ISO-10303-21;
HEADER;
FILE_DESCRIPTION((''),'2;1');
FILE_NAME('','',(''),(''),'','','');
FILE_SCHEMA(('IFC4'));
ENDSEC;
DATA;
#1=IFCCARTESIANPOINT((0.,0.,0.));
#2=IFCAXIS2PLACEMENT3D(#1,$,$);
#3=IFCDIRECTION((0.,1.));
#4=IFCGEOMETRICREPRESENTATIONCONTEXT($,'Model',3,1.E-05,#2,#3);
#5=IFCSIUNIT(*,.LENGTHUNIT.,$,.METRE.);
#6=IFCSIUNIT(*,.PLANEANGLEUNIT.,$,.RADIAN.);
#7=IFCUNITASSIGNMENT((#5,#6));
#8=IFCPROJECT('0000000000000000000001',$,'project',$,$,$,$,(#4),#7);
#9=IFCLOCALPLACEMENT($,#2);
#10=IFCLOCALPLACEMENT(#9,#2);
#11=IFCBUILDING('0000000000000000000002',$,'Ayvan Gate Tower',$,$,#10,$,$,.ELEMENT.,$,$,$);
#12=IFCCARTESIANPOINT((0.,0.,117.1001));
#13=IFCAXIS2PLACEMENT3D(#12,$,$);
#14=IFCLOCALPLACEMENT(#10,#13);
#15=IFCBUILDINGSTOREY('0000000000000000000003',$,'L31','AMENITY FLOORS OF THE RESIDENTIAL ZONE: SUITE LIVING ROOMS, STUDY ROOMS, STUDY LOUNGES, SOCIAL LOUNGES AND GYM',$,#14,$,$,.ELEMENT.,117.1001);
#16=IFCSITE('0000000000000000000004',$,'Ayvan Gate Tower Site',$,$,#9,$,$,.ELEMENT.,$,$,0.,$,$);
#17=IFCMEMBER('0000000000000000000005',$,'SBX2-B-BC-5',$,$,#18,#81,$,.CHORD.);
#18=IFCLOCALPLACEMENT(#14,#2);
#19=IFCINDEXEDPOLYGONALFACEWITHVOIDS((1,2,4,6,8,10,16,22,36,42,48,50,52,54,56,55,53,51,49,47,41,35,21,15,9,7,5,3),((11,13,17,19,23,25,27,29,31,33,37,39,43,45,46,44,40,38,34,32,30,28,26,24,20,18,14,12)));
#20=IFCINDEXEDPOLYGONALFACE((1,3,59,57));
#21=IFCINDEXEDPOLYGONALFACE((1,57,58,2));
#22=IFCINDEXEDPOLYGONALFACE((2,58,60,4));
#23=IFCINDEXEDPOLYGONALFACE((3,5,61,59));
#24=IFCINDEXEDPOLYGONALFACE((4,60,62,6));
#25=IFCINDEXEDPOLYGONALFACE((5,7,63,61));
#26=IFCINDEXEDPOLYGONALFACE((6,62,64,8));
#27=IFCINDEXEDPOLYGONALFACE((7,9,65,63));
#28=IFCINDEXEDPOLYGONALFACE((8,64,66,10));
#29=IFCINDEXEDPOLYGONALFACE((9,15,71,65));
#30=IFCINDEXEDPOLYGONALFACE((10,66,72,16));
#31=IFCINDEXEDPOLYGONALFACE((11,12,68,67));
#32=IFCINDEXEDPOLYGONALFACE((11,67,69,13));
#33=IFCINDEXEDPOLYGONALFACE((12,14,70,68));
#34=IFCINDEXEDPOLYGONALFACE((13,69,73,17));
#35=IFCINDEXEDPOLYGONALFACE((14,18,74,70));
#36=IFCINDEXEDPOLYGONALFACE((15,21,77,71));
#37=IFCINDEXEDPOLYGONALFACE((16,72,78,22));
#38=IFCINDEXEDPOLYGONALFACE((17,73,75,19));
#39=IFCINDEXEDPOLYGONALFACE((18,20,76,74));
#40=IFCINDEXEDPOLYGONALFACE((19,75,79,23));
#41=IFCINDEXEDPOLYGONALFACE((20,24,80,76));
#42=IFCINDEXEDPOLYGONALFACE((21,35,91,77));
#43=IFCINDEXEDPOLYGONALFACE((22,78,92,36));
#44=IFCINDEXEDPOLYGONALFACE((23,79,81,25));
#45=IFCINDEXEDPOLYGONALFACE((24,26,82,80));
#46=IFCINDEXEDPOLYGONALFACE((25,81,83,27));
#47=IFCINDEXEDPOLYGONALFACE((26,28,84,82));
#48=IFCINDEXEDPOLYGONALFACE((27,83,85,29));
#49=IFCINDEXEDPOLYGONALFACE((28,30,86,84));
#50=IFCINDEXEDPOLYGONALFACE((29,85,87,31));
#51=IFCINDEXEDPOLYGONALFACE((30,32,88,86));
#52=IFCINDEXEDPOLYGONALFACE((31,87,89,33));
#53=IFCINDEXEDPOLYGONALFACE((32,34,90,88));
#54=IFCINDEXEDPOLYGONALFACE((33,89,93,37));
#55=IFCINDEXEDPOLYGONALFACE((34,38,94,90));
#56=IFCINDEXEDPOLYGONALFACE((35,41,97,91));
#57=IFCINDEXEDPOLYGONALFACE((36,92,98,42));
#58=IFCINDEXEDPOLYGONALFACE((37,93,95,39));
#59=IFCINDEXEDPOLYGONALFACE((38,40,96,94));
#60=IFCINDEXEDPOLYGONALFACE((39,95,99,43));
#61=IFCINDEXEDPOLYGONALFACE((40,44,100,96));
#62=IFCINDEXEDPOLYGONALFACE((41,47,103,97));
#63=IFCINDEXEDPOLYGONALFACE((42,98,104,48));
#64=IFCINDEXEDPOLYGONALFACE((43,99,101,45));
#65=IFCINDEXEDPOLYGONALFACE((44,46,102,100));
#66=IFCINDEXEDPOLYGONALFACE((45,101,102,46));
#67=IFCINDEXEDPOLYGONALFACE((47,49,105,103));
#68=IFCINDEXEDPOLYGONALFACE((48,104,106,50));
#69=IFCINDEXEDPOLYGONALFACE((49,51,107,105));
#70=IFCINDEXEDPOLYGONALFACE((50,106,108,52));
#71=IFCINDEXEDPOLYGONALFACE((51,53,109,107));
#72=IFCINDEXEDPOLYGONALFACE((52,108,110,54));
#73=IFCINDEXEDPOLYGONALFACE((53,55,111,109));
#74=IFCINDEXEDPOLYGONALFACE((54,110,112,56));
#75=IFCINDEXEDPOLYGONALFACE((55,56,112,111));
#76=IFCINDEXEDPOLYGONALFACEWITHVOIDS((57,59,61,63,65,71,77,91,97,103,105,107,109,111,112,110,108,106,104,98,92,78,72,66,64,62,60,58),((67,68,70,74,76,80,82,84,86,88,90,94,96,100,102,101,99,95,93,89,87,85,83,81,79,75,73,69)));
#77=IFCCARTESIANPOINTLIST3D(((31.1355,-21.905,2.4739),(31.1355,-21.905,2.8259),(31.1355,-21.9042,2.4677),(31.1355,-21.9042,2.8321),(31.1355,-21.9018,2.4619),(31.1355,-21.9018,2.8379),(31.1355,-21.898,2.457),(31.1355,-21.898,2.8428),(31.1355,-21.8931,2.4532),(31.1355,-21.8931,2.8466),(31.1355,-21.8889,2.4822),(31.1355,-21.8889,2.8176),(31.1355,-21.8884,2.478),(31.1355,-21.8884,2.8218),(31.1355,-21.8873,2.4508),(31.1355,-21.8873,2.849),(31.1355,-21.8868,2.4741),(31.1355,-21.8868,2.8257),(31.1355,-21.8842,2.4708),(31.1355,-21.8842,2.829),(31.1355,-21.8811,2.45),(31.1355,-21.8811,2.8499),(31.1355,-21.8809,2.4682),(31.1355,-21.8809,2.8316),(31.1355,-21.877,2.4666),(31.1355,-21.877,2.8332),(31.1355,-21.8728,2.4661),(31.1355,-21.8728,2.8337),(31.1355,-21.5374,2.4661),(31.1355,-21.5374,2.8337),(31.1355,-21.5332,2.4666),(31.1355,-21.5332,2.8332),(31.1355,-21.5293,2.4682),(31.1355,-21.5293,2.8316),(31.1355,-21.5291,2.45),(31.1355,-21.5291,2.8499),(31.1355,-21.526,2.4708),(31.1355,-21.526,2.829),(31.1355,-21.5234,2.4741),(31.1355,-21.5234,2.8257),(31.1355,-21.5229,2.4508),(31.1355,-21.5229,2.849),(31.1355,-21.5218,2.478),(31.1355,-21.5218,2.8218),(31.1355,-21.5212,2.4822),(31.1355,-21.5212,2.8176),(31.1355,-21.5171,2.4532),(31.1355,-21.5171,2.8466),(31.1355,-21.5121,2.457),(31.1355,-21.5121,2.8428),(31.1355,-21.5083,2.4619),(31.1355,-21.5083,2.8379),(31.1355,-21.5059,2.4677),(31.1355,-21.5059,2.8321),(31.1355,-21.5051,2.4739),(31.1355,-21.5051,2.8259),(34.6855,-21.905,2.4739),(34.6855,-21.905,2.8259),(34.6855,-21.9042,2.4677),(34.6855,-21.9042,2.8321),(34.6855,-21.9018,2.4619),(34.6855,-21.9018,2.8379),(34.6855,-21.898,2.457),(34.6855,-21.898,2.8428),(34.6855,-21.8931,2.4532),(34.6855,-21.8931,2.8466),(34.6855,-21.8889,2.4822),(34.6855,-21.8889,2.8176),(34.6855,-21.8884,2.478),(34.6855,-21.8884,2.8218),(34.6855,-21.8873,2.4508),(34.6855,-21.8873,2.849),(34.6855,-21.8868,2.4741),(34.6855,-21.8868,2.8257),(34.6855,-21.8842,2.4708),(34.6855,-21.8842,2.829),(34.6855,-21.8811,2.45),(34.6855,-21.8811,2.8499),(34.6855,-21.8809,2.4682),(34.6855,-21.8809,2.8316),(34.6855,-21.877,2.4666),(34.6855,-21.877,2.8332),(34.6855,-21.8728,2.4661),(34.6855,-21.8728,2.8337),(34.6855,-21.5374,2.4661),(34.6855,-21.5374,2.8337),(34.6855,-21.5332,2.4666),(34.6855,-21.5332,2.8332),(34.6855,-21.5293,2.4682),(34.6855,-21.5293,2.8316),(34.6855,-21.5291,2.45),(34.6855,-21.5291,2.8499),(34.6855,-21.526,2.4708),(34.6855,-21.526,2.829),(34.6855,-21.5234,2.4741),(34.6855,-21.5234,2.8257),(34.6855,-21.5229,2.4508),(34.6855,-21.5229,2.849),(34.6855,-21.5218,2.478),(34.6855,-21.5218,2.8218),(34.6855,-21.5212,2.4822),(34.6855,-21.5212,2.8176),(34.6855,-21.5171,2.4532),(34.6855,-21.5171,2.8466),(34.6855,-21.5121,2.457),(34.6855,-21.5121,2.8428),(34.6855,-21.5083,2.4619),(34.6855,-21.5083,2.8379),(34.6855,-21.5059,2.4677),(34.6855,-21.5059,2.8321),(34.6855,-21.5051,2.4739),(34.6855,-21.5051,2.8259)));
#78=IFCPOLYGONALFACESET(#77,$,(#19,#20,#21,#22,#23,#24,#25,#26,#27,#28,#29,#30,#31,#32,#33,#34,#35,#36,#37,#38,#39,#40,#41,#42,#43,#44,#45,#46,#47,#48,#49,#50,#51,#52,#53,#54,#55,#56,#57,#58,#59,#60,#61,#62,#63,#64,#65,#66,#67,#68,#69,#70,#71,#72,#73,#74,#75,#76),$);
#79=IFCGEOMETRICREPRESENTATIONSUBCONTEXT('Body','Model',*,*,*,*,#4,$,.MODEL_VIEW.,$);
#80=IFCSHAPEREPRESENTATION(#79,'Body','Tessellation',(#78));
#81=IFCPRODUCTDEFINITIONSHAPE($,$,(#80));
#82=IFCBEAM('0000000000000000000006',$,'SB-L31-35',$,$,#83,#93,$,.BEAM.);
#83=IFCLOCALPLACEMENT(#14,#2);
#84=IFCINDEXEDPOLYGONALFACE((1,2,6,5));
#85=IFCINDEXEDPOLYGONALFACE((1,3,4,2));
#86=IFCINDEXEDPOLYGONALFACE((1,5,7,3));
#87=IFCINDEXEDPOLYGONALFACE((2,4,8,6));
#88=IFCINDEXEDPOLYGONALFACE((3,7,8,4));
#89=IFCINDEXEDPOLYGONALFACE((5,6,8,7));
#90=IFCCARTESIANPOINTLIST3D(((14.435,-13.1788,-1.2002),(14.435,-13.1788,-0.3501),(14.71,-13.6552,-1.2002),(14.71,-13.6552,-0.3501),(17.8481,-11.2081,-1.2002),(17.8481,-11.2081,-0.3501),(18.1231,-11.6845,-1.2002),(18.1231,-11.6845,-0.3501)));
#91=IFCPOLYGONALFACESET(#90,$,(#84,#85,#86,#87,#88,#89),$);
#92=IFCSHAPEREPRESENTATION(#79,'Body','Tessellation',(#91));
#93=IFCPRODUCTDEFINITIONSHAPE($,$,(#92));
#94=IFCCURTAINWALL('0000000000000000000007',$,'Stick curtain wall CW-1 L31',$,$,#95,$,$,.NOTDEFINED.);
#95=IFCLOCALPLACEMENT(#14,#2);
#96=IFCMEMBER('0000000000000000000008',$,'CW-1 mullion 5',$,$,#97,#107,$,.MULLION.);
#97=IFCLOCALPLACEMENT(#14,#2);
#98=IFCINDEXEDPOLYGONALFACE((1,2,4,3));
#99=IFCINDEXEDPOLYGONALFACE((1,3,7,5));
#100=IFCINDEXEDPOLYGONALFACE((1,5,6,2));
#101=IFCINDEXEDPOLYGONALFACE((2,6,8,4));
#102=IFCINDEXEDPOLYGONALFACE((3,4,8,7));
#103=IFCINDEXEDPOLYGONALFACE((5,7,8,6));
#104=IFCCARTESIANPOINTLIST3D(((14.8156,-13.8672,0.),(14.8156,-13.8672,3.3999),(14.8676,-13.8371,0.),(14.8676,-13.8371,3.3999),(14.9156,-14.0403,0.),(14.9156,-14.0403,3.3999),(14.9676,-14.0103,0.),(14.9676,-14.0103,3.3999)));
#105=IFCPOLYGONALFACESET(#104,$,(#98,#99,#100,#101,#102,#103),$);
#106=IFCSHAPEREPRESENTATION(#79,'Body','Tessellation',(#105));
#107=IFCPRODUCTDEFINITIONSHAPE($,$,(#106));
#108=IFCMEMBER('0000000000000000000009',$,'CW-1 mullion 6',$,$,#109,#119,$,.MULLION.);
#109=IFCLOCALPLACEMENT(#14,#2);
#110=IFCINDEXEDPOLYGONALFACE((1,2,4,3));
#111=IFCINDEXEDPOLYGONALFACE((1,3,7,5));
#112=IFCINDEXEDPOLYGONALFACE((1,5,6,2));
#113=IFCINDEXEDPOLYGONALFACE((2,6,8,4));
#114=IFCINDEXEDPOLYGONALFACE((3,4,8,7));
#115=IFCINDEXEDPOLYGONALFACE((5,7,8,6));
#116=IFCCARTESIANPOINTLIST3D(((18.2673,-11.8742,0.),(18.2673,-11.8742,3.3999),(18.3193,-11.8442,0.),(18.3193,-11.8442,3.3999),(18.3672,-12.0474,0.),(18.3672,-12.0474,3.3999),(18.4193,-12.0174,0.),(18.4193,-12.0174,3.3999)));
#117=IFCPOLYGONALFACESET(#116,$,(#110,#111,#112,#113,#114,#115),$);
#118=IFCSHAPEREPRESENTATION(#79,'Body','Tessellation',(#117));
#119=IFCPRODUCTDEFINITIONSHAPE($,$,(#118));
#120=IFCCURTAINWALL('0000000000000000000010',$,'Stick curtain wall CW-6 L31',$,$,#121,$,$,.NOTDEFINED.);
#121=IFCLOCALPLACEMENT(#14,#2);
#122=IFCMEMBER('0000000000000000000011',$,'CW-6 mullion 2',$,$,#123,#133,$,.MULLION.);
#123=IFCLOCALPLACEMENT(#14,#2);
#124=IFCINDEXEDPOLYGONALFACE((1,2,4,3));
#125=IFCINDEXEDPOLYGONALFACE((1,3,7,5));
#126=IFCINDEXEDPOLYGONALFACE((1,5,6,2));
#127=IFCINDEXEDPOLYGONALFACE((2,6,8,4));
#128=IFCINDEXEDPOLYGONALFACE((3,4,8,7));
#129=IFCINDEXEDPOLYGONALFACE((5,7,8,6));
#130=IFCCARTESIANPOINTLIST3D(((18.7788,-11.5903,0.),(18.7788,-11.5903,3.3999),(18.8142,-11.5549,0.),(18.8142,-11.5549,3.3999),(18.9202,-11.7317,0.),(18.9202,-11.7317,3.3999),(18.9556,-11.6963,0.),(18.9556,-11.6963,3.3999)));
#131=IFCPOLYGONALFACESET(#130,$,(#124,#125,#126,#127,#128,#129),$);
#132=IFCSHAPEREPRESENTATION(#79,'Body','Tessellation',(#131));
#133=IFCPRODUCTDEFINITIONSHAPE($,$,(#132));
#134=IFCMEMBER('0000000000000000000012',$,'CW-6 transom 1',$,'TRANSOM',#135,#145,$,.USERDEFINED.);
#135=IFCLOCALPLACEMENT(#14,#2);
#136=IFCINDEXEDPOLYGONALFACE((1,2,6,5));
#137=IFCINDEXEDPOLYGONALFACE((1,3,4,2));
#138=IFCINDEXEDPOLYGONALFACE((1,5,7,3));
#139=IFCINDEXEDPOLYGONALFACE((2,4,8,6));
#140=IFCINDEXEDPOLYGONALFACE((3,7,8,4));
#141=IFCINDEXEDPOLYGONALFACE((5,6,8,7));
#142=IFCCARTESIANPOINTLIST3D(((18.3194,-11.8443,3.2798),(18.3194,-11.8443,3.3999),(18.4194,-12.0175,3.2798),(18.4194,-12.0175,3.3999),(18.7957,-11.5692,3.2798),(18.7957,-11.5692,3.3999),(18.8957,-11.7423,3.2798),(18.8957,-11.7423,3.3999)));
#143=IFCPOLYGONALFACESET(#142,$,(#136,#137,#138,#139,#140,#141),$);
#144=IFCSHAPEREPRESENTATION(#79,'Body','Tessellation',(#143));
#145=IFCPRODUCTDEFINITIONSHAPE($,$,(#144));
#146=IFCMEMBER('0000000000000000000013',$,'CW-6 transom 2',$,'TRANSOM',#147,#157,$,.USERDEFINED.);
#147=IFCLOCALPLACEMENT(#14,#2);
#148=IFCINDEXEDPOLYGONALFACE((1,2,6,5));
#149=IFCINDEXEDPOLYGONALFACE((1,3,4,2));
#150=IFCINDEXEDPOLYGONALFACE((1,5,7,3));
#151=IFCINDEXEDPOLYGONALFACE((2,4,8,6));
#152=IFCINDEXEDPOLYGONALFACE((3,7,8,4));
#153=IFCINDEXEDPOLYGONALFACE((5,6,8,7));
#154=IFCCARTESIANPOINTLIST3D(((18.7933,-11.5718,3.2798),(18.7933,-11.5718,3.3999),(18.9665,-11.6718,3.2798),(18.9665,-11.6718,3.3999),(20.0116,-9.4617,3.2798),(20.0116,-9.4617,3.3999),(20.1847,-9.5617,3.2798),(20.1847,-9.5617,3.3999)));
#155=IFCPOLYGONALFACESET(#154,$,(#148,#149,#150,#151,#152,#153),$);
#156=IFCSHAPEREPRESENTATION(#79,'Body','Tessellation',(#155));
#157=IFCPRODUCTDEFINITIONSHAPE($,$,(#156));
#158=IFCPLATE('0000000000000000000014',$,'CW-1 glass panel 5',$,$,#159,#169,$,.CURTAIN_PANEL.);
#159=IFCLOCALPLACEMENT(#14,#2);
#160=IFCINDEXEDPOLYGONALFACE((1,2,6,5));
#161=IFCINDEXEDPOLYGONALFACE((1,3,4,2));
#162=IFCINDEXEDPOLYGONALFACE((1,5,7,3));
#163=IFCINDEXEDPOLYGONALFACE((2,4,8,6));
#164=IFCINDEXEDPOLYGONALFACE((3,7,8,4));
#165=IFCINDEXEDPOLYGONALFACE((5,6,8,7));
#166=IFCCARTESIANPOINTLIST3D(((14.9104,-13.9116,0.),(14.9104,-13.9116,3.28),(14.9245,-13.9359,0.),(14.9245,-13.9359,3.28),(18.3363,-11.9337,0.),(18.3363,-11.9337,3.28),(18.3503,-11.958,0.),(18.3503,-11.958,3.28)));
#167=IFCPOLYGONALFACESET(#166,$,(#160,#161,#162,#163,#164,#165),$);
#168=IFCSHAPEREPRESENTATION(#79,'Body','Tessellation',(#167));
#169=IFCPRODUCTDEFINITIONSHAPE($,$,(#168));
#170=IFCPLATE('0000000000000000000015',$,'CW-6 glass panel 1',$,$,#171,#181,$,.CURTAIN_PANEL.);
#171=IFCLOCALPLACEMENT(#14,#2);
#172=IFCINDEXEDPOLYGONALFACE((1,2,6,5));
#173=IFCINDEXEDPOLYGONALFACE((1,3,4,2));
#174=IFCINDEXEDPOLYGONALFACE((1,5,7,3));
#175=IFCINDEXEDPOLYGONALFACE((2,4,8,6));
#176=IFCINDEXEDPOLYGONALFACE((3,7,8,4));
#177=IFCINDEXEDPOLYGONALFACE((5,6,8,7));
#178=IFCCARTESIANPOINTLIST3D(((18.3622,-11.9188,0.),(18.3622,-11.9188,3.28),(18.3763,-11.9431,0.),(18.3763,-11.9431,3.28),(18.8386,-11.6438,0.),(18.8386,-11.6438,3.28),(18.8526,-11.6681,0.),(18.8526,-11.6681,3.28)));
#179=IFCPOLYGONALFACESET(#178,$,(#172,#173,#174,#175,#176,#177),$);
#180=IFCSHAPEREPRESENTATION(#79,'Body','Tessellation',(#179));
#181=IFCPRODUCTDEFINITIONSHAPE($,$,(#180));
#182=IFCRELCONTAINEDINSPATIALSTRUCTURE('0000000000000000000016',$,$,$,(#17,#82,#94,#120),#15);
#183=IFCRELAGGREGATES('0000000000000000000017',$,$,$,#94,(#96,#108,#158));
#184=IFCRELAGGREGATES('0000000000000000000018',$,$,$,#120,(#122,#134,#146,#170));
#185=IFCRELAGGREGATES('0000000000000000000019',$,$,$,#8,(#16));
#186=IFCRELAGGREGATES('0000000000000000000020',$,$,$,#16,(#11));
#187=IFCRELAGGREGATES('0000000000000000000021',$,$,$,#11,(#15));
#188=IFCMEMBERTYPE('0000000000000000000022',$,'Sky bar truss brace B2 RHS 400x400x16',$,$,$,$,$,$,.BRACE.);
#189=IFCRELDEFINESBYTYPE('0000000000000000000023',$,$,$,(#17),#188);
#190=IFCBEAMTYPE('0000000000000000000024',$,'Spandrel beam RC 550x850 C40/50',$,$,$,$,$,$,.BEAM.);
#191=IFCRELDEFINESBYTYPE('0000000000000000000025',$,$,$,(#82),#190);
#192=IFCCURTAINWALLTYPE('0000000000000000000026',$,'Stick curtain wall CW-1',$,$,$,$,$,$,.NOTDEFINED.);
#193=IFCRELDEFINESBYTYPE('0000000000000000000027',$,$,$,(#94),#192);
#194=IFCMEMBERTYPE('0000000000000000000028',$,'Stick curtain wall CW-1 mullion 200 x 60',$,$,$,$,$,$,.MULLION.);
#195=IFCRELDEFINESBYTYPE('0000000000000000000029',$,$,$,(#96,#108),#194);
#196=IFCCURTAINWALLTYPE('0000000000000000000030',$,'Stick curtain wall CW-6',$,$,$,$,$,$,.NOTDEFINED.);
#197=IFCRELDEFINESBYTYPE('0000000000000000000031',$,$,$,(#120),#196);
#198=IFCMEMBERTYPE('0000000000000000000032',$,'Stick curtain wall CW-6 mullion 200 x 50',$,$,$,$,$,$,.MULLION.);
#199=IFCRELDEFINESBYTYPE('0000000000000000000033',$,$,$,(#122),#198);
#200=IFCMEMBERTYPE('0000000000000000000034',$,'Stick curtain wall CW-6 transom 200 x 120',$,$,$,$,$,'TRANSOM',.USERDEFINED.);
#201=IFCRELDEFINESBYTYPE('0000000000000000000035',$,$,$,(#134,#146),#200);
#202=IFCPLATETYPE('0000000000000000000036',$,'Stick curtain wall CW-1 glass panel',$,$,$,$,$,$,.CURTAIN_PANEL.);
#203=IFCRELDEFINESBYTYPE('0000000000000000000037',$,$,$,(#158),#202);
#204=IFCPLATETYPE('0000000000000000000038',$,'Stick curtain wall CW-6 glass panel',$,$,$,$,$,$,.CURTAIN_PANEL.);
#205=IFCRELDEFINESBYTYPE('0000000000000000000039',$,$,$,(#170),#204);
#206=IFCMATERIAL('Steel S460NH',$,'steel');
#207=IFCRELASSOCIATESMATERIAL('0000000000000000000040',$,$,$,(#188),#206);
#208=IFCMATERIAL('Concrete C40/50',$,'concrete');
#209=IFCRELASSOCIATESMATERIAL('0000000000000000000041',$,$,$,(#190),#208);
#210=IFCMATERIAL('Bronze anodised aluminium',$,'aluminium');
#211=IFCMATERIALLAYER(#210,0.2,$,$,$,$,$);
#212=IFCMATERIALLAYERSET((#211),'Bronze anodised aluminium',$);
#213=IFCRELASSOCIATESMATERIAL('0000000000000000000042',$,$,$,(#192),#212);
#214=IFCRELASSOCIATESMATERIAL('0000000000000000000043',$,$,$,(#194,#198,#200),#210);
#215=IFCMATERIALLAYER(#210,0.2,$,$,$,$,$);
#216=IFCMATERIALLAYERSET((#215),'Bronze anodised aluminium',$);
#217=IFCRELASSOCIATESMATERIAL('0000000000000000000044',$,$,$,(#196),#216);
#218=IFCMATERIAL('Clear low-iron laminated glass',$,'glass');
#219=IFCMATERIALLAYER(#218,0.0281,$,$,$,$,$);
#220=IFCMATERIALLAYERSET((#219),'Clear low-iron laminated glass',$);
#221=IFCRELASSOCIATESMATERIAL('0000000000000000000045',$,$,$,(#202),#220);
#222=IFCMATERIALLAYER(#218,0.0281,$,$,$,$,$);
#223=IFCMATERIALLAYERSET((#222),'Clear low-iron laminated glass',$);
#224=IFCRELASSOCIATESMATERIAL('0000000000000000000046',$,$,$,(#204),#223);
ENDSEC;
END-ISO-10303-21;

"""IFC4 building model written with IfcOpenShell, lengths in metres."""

from ifc_helpers import new_model, si_unit, direction, frame, origin, origin_2d, place, context, subcontext, project, spatial, rectangle, hollow_rectangle, extrude, material, layer, layer_set, material_profile, profile_set, type_object, element, aggregate, save


model = new_model("IFC4")

# Units and contexts
model_context = context("Model", 3, precision=1e-05, world=origin(), true_north=direction((0.0, 1.0)))
body_context = subcontext(model_context, "Body", "Model", "MODEL_VIEW")
ifc_project = project(units=[si_unit("LENGTHUNIT", "METRE"), si_unit("PLANEANGLEUNIT", "RADIAN")], contexts=[model_context])

# Site, building, storey
site_placement = place(None, origin())
site = spatial("IfcSite", under=ifc_project, at=site_placement, Name="Ayvan Gate Tower Site", CompositionType="ELEMENT", RefElevation=0.0)
building_placement = place(site_placement, origin())
building = spatial("IfcBuilding", under=site, at=building_placement, Name="Ayvan Gate Tower", CompositionType="ELEMENT")
storey_placement = place(building_placement, frame((0.0, 0.0, 117.1001)))
storey = spatial("IfcBuildingStorey", under=building, at=storey_placement, Name="L31", Description="AMENITY FLOORS OF THE RESIDENTIAL ZONE: SUITE LIVING ROOMS, STUDY ROOMS, STUDY LOUNGES, SOCIAL LOUNGES AND GYM", CompositionType="ELEMENT", Elevation=117.1001)

# Member
ifc_material_1 = material(Name="Steel S460NH", Category="steel")
ifc_material_profile_1 = material_profile(ifc_material_1, hollow_rectangle(XDim=0.3999, YDim=0.3999, WallThickness=0.0161, InnerFilletRadius=0.0161, OuterFilletRadius=0.0239, at=origin_2d()), Name="RHS 400x400x16")
ifc_profile_set_1 = profile_set([ifc_material_profile_1], Name="Steel S460NH")
member_type_1 = type_object("IfcMemberType", Name="Sky bar truss brace B2 RHS 400x400x16", PredefinedType="BRACE", material=ifc_profile_set_1)
member_1_placement = place(storey_placement, frame((31.1355, -21.7051, 2.6499), z_axis=(1.0, 0.0, 0.0), x_axis=(0.0, 1.0, 0.0)))
element("IfcMember", 1, at=member_1_placement, inside=storey, type_object=member_type_1, Name="SBX2-B-BC-5", PredefinedType="CHORD", context=body_context, shape_type="SweptSolid", body=[
    extrude(hollow_rectangle(XDim=0.3999, YDim=0.3999, WallThickness=0.0161, InnerFilletRadius=0.0161, OuterFilletRadius=0.0239, at=origin_2d()), origin(), (0.0, 0.0, 1.0), 3.55),
])

# Beam
ifc_material_2 = material(Name="Concrete C40/50", Category="concrete")
ifc_material_profile_2 = material_profile(ifc_material_2, rectangle(XDim=0.55, YDim=0.8501, at=origin_2d()), Name="RC 550x850")
ifc_profile_set_2 = profile_set([ifc_material_profile_2], Name="Concrete C40/50")
beam_type = type_object("IfcBeamType", Name="Spandrel beam RC 550x850 C40/50", PredefinedType="BEAM", material=ifc_profile_set_2)
beam_placement = place(storey_placement, frame((14.5725, -13.417, -0.7751), z_axis=(0.866008, 0.50003, 0.0), x_axis=(-0.50003, 0.866008, 0.0)))
element("IfcBeam", 2, at=beam_placement, inside=storey, type_object=beam_type, Name="SB-L31-35", PredefinedType="BEAM", context=body_context, shape_type="SweptSolid", body=[
    extrude(rectangle(XDim=0.55, YDim=0.8501, at=origin_2d()), origin(), (0.0, 0.0, 1.0), 3.9412),
])

# Curtain walls, members
ifc_material_3 = material(Name="Bronze anodised aluminium", Category="aluminium")
ifc_layer_1 = layer(ifc_material_3, 0.2)
ifc_layer_set_1 = layer_set([ifc_layer_1], Name="Bronze anodised aluminium")
curtain_wall_type_1 = type_object("IfcCurtainWallType", Name="Stick curtain wall CW-1", PredefinedType="NOTDEFINED", material=ifc_layer_set_1)
curtain_wall_1_placement = place(storey_placement, origin())
curtain_wall_1 = element("IfcCurtainWall", 3, at=curtain_wall_1_placement, inside=storey, type_object=curtain_wall_type_1, Name="Stick curtain wall CW-1 L31", PredefinedType="NOTDEFINED")
ifc_material_profile_3 = material_profile(ifc_material_3, rectangle(XDim=0.2, YDim=0.0601, at=origin_2d()), Name="Stick curtain wall CW-1 mullion 200 x 60")
ifc_profile_set_3 = profile_set([ifc_material_profile_3], Name="Bronze anodised aluminium")
member_type_2 = type_object("IfcMemberType", Name="Stick curtain wall CW-1 mullion 200 x 60", PredefinedType="MULLION", material=ifc_profile_set_3)
member_2_placement = place(storey_placement, frame((14.8916, -13.9387, 0.0), z_axis=(0.0, 0.0, 1.0), x_axis=(0.5, -0.866025, 0.0)))
member_2 = element("IfcMember", 4, at=member_2_placement, type_object=member_type_2, Name="CW-1 mullion 5", PredefinedType="MULLION", context=body_context, shape_type="SweptSolid", body=[
    extrude(rectangle(XDim=0.2, YDim=0.0601, at=origin_2d()), origin(), (0.0, 0.0, 1.0), 3.3999),
])
member_3_placement = place(storey_placement, frame((18.3433, -11.9458, 0.0), z_axis=(0.0, 0.0, 1.0), x_axis=(0.5, -0.866025, 0.0)))
member_3 = element("IfcMember", 5, at=member_3_placement, type_object=member_type_2, Name="CW-1 mullion 6", PredefinedType="MULLION", context=body_context, shape_type="SweptSolid", body=[
    extrude(rectangle(XDim=0.2, YDim=0.0601, at=origin_2d()), origin(), (0.0, 0.0, 1.0), 3.3999),
])
ifc_layer_2 = layer(ifc_material_3, 0.2)
ifc_layer_set_2 = layer_set([ifc_layer_2], Name="Bronze anodised aluminium")
curtain_wall_type_2 = type_object("IfcCurtainWallType", Name="Stick curtain wall CW-6", PredefinedType="NOTDEFINED", material=ifc_layer_set_2)
curtain_wall_2_placement = place(storey_placement, origin())
curtain_wall_2 = element("IfcCurtainWall", 6, at=curtain_wall_2_placement, inside=storey, type_object=curtain_wall_type_2, Name="Stick curtain wall CW-6 L31", PredefinedType="NOTDEFINED")
ifc_material_profile_4 = material_profile(ifc_material_3, rectangle(XDim=0.2, YDim=0.05, at=origin_2d()), Name="Stick curtain wall CW-6 mullion 200 x 50")
ifc_profile_set_4 = profile_set([ifc_material_profile_4], Name="Bronze anodised aluminium")
member_type_3 = type_object("IfcMemberType", Name="Stick curtain wall CW-6 mullion 200 x 50", PredefinedType="MULLION", material=ifc_profile_set_4)
member_4_placement = place(storey_placement, frame((18.8672, -11.6433, 0.0), z_axis=(0.0, 0.0, 1.0), x_axis=(0.707107, -0.707107, 0.0)))
member_4 = element("IfcMember", 7, at=member_4_placement, type_object=member_type_3, Name="CW-6 mullion 2", PredefinedType="MULLION", context=body_context, shape_type="SweptSolid", body=[
    extrude(rectangle(XDim=0.2, YDim=0.05, at=origin_2d()), origin(), (0.0, 0.0, 1.0), 3.3999),
])
ifc_material_profile_5 = material_profile(ifc_material_3, rectangle(XDim=0.2, YDim=0.1201, at=origin_2d()), Name="Stick curtain wall CW-6 transom 200 x 120")
ifc_profile_set_5 = profile_set([ifc_material_profile_5], Name="Bronze anodised aluminium")
member_type_4 = type_object("IfcMemberType", Name="Stick curtain wall CW-6 transom 200 x 120", ElementType="TRANSOM", PredefinedType="USERDEFINED", material=ifc_profile_set_5)
member_5_placement = place(storey_placement, frame((18.3694, -11.9309, 3.3398), z_axis=(0.865912, 0.500196, 0.0), x_axis=(-0.500196, 0.865912, 0.0)))
member_5 = element("IfcMember", 8, at=member_5_placement, type_object=member_type_4, Name="CW-6 transom 1", ObjectType="TRANSOM", PredefinedType="USERDEFINED", context=body_context, shape_type="SweptSolid", body=[
    extrude(rectangle(XDim=0.2, YDim=0.1201, at=origin_2d()), origin(), (0.0, 0.0, 1.0), 0.55),
])
member_6_placement = place(storey_placement, frame((18.8799, -11.6218, 3.3398), z_axis=(0.499997, 0.866027, 0.0), x_axis=(-0.866027, 0.499997, 0.0)))
member_6 = element("IfcMember", 9, at=member_6_placement, type_object=member_type_4, Name="CW-6 transom 2", ObjectType="TRANSOM", PredefinedType="USERDEFINED", context=body_context, shape_type="SweptSolid", body=[
    extrude(rectangle(XDim=0.2, YDim=0.1201, at=origin_2d()), origin(), (0.0, 0.0, 1.0), 2.4365),
])

# Plates
ifc_material_4 = material(Name="Clear low-iron laminated glass", Category="glass")
ifc_layer_3 = layer(ifc_material_4, 0.0281)
ifc_layer_set_3 = layer_set([ifc_layer_3], Name="Clear low-iron laminated glass")
plate_type_1 = type_object("IfcPlateType", Name="Stick curtain wall CW-1 glass panel", PredefinedType="CURTAIN_PANEL", material=ifc_layer_set_3)
plate_1_placement = place(storey_placement, frame((16.6304, -12.9348, 0.0), z_axis=(0.0, 0.0, 1.0), x_axis=(0.866025, 0.5, 0.0)))
plate_1 = element("IfcPlate", 10, at=plate_1_placement, type_object=plate_type_1, Name="CW-1 glass panel 5", PredefinedType="CURTAIN_PANEL", context=body_context, shape_type="SweptSolid", body=[
    extrude(rectangle(XDim=3.9558, YDim=0.0281, at=origin_2d()), origin(), (0.0, 0.0, 1.0), 3.28),
])
aggregate(curtain_wall_1, [member_2, member_3, plate_1])
ifc_layer_4 = layer(ifc_material_4, 0.0281)
ifc_layer_set_4 = layer_set([ifc_layer_4], Name="Clear low-iron laminated glass")
plate_type_2 = type_object("IfcPlateType", Name="Stick curtain wall CW-6 glass panel", PredefinedType="CURTAIN_PANEL", material=ifc_layer_set_4)
plate_2_placement = place(storey_placement, frame((18.6074, -11.7935, 0.0), z_axis=(0.0, 0.0, 1.0), x_axis=(0.866025, 0.5, 0.0)))
plate_2 = element("IfcPlate", 11, at=plate_2_placement, type_object=plate_type_2, Name="CW-6 glass panel 1", PredefinedType="CURTAIN_PANEL", context=body_context, shape_type="SweptSolid", body=[
    extrude(rectangle(XDim=0.55, YDim=0.0281, at=origin_2d()), origin(), (0.0, 0.0, 1.0), 3.28),
])
aggregate(curtain_wall_2, [member_4, member_5, member_6, plate_2])

save(model, "model.ifc")
